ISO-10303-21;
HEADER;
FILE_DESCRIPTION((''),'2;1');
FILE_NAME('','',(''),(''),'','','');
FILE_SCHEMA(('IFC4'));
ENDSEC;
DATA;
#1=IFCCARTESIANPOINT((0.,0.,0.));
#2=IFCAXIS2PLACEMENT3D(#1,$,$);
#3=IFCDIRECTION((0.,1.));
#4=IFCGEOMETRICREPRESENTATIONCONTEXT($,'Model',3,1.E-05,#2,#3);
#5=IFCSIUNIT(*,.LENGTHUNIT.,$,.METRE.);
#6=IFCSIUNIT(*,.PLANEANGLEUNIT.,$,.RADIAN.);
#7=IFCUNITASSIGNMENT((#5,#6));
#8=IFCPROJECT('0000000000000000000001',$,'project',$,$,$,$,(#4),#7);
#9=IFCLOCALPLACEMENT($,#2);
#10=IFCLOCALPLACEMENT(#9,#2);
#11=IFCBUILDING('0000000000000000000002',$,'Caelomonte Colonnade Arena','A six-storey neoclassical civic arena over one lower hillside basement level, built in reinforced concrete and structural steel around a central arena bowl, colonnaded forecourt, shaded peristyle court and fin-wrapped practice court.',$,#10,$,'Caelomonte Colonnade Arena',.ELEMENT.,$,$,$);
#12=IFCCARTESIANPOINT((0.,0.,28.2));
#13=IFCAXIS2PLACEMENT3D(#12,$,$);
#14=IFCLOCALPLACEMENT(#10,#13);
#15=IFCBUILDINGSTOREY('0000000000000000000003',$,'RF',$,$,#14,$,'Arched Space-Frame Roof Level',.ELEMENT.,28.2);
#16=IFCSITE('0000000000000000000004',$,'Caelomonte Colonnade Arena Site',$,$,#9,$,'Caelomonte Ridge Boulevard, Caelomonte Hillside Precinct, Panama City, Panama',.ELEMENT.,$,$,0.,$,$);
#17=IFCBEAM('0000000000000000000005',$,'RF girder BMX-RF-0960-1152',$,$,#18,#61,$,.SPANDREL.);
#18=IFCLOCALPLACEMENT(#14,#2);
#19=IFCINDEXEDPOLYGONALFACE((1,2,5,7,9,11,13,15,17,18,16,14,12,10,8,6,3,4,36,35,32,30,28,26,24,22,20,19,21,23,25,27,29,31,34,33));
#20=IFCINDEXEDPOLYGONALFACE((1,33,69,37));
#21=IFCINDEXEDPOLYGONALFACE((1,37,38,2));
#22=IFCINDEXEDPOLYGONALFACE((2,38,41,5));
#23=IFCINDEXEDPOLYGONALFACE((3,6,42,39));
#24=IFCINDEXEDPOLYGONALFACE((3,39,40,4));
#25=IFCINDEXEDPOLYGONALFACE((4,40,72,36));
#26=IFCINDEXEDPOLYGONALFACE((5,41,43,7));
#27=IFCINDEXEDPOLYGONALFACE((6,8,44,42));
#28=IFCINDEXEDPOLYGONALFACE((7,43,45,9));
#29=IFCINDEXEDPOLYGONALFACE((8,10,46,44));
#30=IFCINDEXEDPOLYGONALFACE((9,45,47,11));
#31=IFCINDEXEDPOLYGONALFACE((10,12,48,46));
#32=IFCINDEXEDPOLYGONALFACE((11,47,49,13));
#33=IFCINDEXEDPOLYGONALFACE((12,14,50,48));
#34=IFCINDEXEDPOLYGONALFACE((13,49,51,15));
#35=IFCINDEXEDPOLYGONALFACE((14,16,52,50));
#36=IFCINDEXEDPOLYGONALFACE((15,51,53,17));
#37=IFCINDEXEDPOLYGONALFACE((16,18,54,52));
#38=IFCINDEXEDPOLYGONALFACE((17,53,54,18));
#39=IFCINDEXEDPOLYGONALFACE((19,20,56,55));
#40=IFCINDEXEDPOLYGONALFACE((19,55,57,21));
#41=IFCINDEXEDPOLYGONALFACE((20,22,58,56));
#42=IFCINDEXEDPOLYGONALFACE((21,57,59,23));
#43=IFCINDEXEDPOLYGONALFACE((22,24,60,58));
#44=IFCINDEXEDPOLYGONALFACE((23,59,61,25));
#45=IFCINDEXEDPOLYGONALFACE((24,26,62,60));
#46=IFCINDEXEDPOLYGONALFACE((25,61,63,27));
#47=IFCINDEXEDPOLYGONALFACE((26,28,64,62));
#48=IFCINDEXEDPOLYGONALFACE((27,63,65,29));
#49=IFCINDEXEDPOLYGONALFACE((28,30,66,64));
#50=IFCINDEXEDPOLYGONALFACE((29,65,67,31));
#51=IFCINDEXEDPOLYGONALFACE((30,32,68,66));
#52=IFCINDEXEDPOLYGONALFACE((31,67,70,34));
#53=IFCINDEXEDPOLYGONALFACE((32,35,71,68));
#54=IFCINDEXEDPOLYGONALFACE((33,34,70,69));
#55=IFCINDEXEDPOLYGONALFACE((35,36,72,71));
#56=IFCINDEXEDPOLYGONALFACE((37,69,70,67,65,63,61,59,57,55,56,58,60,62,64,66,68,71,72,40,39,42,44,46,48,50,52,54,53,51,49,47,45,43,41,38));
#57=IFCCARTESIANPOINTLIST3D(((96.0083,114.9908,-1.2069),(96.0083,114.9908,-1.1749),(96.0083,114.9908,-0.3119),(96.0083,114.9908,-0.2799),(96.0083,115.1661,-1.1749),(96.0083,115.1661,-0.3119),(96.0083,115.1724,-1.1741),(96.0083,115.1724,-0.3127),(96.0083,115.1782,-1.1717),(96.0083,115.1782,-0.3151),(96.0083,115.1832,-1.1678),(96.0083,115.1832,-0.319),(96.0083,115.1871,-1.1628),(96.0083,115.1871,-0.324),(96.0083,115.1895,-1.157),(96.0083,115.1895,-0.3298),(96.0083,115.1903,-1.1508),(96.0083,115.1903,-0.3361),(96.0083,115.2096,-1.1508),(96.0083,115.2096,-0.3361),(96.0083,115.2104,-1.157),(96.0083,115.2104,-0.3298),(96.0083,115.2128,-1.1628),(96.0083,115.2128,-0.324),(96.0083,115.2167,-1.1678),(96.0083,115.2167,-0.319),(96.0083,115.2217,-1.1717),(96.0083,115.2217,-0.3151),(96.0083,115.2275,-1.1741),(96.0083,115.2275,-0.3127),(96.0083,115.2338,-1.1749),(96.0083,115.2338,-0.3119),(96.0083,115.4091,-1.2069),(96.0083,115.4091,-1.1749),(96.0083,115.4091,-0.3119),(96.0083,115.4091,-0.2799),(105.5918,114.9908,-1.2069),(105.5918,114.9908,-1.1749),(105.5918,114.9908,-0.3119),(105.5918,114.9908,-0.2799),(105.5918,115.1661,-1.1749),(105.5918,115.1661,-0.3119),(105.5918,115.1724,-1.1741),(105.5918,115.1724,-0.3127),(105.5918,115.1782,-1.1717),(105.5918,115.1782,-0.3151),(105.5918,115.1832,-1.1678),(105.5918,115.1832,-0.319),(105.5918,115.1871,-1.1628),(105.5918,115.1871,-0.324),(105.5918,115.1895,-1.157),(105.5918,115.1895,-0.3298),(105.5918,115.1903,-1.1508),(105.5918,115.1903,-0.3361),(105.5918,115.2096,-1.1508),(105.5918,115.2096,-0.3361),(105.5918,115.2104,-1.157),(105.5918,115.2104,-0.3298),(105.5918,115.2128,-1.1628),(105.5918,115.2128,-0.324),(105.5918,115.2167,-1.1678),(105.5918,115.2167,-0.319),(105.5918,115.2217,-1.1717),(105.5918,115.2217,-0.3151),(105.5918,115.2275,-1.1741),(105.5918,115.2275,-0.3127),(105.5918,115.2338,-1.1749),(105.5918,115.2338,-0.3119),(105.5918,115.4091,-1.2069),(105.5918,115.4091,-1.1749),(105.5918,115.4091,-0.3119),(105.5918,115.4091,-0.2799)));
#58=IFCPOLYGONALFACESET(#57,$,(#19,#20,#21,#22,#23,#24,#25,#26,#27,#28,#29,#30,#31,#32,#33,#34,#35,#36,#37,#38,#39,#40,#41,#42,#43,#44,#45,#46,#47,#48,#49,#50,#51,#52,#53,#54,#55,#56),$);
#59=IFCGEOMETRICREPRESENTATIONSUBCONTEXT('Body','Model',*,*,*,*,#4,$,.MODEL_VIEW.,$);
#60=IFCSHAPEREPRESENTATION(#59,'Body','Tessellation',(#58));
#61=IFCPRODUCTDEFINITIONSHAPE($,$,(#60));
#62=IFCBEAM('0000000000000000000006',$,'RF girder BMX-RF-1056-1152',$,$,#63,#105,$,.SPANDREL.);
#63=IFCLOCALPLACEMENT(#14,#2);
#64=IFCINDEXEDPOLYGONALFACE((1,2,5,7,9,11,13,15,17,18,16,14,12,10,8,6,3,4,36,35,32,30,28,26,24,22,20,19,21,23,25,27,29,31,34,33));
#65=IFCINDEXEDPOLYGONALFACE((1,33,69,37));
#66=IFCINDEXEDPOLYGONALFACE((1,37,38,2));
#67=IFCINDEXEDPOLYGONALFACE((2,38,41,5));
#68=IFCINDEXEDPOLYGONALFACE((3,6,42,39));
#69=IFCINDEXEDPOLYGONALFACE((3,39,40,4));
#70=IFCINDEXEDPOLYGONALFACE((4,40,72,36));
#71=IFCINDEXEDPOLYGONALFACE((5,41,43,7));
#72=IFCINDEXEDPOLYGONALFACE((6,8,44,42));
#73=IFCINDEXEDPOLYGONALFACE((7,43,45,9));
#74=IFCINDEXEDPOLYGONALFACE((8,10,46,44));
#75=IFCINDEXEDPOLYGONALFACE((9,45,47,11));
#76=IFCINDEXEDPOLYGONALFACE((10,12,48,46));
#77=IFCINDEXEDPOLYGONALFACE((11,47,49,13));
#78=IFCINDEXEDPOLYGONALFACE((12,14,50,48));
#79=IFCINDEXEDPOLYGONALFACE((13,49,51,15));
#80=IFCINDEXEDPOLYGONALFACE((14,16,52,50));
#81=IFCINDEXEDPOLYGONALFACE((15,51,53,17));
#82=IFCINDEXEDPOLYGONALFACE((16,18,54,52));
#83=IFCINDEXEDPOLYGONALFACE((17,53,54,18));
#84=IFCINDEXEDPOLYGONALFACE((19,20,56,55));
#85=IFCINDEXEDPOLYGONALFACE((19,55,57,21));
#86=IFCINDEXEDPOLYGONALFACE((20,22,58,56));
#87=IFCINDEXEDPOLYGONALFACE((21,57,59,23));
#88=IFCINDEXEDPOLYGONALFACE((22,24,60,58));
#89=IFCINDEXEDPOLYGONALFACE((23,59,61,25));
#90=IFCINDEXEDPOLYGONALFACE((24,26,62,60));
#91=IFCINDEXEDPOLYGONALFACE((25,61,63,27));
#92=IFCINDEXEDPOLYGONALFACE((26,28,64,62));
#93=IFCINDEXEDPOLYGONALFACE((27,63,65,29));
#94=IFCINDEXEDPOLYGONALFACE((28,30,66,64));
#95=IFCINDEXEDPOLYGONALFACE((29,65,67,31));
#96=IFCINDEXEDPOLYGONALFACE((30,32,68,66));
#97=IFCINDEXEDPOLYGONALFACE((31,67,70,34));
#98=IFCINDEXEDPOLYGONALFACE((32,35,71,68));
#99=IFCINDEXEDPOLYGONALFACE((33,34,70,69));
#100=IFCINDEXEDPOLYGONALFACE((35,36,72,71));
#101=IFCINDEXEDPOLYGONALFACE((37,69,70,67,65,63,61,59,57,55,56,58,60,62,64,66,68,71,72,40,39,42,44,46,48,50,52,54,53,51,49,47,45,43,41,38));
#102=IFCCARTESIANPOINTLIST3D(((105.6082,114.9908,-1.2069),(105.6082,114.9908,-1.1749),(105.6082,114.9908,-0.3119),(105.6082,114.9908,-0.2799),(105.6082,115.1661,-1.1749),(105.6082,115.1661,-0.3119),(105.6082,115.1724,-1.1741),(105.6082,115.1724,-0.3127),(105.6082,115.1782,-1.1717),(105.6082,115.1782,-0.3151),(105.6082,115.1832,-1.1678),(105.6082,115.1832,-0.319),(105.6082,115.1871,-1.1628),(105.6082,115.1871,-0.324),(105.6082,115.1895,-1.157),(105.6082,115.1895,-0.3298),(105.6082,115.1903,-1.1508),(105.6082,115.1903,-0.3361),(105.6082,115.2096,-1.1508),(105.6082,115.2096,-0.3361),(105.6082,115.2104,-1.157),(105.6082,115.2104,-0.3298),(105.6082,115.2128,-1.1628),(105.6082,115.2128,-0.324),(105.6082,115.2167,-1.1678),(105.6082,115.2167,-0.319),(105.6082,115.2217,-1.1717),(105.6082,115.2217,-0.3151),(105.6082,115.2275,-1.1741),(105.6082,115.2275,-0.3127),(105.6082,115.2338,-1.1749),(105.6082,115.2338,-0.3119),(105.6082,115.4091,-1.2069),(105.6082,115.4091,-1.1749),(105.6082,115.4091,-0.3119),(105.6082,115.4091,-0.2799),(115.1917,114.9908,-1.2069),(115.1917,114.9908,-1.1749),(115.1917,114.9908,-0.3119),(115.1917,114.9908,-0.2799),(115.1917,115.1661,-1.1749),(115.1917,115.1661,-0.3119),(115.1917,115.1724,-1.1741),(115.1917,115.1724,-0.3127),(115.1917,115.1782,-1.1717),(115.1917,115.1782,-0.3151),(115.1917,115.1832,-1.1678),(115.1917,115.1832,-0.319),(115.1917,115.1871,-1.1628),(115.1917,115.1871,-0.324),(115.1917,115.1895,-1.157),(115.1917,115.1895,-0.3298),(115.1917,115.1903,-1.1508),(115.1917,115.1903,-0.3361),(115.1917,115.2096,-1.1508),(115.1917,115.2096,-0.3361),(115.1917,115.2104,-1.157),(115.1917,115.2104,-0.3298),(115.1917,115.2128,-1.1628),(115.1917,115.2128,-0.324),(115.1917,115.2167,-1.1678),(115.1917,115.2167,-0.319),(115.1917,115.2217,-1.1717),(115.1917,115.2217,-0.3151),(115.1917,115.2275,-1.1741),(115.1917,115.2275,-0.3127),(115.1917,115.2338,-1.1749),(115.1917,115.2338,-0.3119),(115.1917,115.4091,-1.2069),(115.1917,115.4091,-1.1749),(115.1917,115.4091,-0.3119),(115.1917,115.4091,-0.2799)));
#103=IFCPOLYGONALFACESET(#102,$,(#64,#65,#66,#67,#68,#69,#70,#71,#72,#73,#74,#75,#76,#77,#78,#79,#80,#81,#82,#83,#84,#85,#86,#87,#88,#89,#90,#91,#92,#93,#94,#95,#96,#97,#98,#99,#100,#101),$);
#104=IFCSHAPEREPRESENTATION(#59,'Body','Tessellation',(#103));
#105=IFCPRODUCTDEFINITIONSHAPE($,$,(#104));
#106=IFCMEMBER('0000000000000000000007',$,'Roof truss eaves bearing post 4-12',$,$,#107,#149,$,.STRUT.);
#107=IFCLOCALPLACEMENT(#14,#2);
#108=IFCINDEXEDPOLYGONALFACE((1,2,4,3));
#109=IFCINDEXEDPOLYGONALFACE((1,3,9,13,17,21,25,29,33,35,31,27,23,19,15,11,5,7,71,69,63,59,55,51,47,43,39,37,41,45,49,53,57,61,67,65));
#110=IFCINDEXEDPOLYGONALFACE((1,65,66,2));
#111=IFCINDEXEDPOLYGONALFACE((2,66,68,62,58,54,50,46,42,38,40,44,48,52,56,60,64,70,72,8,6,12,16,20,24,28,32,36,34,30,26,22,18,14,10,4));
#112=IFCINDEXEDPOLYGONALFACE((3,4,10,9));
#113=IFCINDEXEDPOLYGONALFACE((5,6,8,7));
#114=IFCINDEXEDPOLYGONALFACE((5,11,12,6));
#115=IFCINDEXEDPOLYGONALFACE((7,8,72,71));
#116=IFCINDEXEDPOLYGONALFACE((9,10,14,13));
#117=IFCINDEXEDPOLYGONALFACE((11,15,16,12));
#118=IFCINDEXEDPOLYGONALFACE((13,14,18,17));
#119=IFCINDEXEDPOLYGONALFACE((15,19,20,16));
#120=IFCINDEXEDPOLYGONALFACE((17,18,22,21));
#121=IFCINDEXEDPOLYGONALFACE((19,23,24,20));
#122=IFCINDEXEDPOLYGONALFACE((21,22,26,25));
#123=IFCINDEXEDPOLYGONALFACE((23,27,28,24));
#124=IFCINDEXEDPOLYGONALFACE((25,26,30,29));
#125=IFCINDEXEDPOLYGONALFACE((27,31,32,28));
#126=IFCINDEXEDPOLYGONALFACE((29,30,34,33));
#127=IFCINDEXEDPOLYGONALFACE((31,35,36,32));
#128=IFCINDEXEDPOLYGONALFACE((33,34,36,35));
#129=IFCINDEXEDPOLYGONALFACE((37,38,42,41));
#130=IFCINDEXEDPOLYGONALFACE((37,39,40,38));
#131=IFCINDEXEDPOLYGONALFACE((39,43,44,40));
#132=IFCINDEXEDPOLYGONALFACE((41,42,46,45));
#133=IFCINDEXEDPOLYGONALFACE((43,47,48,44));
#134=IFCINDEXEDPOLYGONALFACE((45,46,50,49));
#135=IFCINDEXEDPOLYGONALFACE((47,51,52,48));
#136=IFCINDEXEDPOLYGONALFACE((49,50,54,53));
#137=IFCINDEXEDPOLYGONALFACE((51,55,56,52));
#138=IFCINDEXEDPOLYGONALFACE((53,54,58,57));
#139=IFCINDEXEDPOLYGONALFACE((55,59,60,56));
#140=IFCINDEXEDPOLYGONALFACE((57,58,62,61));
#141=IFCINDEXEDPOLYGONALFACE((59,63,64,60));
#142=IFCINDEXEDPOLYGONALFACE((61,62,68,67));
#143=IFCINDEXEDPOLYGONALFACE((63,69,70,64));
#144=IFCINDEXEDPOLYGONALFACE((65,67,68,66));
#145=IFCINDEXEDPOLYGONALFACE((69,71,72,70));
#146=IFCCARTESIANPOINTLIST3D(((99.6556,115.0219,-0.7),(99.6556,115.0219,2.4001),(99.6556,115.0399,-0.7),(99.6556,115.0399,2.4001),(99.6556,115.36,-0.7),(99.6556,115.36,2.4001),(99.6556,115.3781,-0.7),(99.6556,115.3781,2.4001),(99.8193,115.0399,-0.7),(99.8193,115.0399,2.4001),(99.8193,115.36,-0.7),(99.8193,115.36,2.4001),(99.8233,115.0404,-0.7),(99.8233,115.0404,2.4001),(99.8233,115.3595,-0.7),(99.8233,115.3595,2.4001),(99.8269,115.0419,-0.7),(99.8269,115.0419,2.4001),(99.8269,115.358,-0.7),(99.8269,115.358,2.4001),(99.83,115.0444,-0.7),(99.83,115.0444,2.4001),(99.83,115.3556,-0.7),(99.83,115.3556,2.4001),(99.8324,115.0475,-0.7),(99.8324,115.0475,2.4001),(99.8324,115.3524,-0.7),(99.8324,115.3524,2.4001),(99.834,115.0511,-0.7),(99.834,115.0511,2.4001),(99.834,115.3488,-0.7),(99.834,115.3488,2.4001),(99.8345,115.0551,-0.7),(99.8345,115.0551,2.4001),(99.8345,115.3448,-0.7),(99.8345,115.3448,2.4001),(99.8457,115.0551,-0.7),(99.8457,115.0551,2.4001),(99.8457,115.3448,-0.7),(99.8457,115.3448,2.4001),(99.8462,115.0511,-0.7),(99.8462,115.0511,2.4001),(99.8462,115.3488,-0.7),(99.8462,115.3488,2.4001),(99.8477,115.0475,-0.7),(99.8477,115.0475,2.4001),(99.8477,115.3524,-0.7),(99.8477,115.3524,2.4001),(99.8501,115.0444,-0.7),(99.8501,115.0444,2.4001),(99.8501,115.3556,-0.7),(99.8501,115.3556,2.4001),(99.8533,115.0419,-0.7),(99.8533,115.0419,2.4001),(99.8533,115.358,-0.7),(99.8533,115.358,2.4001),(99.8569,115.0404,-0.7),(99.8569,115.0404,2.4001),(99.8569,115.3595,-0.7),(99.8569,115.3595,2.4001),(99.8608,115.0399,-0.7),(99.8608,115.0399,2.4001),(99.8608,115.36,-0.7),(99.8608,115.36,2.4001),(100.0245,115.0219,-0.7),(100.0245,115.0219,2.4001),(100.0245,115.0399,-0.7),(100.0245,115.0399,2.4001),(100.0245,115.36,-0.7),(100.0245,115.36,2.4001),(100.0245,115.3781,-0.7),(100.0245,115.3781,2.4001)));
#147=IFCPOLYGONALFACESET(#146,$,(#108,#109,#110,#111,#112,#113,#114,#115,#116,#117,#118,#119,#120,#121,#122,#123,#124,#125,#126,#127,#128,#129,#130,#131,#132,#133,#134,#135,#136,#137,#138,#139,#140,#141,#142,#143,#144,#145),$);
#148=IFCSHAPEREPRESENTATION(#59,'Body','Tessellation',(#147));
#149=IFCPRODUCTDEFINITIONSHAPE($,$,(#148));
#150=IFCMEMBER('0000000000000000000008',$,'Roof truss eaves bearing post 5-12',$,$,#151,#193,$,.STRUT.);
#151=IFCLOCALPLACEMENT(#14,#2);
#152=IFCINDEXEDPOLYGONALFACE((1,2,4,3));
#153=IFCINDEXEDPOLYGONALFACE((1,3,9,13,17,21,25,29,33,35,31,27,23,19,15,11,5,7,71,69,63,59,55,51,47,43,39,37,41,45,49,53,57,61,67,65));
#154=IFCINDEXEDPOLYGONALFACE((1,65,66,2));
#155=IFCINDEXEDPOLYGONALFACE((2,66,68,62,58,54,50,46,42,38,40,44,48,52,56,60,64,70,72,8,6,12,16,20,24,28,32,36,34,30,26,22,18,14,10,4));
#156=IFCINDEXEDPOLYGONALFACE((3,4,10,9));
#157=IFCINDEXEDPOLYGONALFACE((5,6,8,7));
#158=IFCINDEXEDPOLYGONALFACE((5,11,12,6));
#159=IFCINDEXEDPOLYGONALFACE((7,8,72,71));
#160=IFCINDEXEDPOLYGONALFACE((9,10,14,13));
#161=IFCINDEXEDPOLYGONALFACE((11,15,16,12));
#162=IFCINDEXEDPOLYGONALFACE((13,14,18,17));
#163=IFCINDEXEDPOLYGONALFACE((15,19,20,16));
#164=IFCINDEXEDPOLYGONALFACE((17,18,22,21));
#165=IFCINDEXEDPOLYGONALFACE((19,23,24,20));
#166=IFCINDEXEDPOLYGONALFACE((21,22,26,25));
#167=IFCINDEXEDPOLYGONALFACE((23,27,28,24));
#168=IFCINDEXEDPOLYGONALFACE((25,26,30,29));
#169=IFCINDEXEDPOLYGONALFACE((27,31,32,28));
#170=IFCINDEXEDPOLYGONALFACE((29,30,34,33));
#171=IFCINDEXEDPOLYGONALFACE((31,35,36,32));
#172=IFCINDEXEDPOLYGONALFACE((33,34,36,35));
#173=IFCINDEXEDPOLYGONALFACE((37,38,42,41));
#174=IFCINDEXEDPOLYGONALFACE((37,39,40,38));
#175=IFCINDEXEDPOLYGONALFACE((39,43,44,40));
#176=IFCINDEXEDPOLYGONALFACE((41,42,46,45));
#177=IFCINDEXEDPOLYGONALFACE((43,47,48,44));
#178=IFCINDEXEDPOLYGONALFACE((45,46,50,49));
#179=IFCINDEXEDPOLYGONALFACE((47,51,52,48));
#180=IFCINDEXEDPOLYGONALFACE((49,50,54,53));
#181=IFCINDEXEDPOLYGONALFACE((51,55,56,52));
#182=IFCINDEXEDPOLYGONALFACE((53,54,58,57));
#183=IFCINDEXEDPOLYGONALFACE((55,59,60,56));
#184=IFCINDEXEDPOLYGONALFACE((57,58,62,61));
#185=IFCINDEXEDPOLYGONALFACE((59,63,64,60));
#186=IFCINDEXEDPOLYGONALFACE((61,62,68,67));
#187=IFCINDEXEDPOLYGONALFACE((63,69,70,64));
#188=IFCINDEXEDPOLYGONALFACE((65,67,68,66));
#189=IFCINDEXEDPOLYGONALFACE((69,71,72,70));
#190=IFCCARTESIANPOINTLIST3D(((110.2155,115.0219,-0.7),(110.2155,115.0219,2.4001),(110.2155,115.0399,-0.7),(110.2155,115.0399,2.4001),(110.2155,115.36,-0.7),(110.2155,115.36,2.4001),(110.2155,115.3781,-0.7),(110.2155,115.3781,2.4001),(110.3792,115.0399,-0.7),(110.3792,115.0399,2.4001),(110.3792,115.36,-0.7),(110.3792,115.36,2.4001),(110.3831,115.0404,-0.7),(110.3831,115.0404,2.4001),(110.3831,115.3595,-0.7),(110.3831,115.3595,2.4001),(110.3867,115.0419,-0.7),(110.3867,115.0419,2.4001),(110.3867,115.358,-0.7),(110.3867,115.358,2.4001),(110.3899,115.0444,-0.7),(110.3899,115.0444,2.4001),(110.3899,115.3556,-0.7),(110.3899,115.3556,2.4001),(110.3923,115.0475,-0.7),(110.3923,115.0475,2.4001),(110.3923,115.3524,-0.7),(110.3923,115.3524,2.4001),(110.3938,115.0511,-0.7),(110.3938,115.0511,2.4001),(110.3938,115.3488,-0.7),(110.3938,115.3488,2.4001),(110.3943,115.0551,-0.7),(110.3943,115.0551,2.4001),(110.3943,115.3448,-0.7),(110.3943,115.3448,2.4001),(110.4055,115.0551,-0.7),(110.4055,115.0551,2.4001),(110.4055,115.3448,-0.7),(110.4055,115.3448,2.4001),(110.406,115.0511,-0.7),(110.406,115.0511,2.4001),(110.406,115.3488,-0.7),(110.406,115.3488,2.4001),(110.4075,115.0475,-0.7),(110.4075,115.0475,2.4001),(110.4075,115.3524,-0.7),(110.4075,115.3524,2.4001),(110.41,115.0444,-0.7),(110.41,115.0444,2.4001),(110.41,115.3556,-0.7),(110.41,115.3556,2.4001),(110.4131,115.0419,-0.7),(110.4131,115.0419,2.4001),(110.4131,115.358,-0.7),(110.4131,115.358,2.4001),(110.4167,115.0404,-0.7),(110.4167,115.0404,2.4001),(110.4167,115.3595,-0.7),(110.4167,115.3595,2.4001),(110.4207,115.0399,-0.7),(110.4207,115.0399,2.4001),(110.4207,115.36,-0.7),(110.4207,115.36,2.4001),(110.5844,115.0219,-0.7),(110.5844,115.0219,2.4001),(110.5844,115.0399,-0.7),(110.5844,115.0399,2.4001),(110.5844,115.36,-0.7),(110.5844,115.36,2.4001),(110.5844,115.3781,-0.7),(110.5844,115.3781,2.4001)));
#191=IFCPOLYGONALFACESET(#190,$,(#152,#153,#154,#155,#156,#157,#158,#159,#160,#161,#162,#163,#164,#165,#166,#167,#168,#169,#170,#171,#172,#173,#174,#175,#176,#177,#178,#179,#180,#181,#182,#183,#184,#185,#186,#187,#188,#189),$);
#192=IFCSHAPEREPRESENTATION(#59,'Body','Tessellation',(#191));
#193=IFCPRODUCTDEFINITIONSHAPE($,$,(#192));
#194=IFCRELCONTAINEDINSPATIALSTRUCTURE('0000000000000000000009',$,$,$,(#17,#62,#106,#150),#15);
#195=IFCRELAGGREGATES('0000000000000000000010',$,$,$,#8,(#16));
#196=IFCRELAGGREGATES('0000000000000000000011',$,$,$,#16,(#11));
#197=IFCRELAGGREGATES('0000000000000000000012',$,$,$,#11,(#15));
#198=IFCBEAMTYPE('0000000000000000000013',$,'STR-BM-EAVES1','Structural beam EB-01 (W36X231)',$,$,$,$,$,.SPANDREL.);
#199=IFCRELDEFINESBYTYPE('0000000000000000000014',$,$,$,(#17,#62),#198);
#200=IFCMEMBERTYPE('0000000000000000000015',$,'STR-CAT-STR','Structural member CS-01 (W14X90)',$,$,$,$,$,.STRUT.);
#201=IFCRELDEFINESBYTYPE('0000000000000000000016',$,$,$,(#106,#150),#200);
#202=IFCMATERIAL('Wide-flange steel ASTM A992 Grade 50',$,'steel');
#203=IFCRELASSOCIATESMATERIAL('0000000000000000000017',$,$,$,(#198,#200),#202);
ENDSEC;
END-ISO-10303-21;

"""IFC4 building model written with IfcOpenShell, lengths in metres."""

from ifc_helpers import new_model, si_unit, direction, frame, origin, origin_2d, place, context, subcontext, project, spatial, i_section, extrude, material, material_profile, profile_set, type_object, element, save


model = new_model("IFC4")

# Units and contexts
model_context = context("Model", 3, precision=1e-05, world=origin(), true_north=direction((0.0, 1.0)))
body_context = subcontext(model_context, "Body", "Model", "MODEL_VIEW")
ifc_project = project(units=[si_unit("LENGTHUNIT", "METRE"), si_unit("PLANEANGLEUNIT", "RADIAN")], contexts=[model_context])

# Site, building, storey
site_placement = place(None, origin())
site = spatial("IfcSite", under=ifc_project, at=site_placement, Name="Caelomonte Colonnade Arena Site", LongName="Caelomonte Ridge Boulevard, Caelomonte Hillside Precinct, Panama City, Panama", CompositionType="ELEMENT", RefElevation=0.0)
building_placement = place(site_placement, origin())
building = spatial("IfcBuilding", under=site, at=building_placement, Name="Caelomonte Colonnade Arena", Description="A six-storey neoclassical civic arena over one lower hillside basement level, built in reinforced concrete and structural steel around a central arena bowl, colonnaded forecourt, shaded peristyle court and fin-wrapped practice court.", LongName="Caelomonte Colonnade Arena", CompositionType="ELEMENT")
storey_placement = place(building_placement, frame((0.0, 0.0, 28.2)))
storey = spatial("IfcBuildingStorey", under=building, at=storey_placement, Name="RF", LongName="Arched Space-Frame Roof Level", CompositionType="ELEMENT", Elevation=28.2)

# Beams
ifc_material_1 = material(Name="Wide-flange steel ASTM A992 Grade 50", Category="steel")
ifc_material_profile_1 = material_profile(ifc_material_1, i_section(OverallWidth=0.4182, OverallDepth=0.927, WebThickness=0.0193, FlangeThickness=0.032, FilletRadius=0.0242, at=origin_2d()), Name="W36X231")
ifc_profile_set_1 = profile_set([ifc_material_profile_1], Name="Wide-flange steel ASTM A992 Grade 50")
beam_type = type_object("IfcBeamType", Name="STR-BM-EAVES1", Description="Structural beam EB-01 (W36X231)", PredefinedType="SPANDREL", material=ifc_profile_set_1)
for number, where, z_axis, x_axis, name in (
    (1, (96.0083, 115.2, -0.7434), (1.0, 0.0, 0.0), (0.0, 1.0, 0.0), "RF girder BMX-RF-0960-1152"),
    (2, (105.6082, 115.2, -0.7434), (1.0, 0.0, 0.0), (0.0, 1.0, 0.0), "RF girder BMX-RF-1056-1152"),
):
    element("IfcBeam", number, at=place(storey_placement, frame(where, z_axis=z_axis, x_axis=x_axis)), inside=storey, type_object=beam_type, Name=name, PredefinedType="SPANDREL", context=body_context, shape_type="SweptSolid", body=[
        extrude(i_section(OverallWidth=0.4182, OverallDepth=0.927, WebThickness=0.0193, FlangeThickness=0.032, FilletRadius=0.0242, at=origin_2d()), origin(), (0.0, 0.0, 1.0), 9.5835),
    ])

# Members
ifc_material_profile_2 = material_profile(ifc_material_1, i_section(OverallWidth=0.3689, OverallDepth=0.3562, WebThickness=0.0112, FlangeThickness=0.0181, FilletRadius=0.0151, at=origin_2d()), Name="W14X90")
ifc_profile_set_2 = profile_set([ifc_material_profile_2], Name="Wide-flange steel ASTM A992 Grade 50")
member_type_1 = type_object("IfcMemberType", Name="STR-CAT-STR", Description="Structural member CS-01 (W14X90)", PredefinedType="STRUT", material=ifc_profile_set_2)
for number, where, z_axis, x_axis, name in (
    (3, (99.8401, 115.2, -0.7), (0.0, 0.0, 1.0), (1.0, 0.0, 0.0), "Roof truss eaves bearing post 4-12"),
    (4, (110.3999, 115.2, -0.7), (0.0, 0.0, 1.0), (1.0, 0.0, 0.0), "Roof truss eaves bearing post 5-12"),
):
    element("IfcMember", number, at=place(storey_placement, frame(where, z_axis=z_axis, x_axis=x_axis)), inside=storey, type_object=member_type_1, Name=name, PredefinedType="STRUT", context=body_context, shape_type="SweptSolid", body=[
        extrude(i_section(OverallWidth=0.3689, OverallDepth=0.3562, WebThickness=0.0112, FlangeThickness=0.0181, FilletRadius=0.0151, at=origin_2d()), origin(), (0.0, 0.0, 1.0), 3.1001),
    ])

save(model, "model.ifc")
